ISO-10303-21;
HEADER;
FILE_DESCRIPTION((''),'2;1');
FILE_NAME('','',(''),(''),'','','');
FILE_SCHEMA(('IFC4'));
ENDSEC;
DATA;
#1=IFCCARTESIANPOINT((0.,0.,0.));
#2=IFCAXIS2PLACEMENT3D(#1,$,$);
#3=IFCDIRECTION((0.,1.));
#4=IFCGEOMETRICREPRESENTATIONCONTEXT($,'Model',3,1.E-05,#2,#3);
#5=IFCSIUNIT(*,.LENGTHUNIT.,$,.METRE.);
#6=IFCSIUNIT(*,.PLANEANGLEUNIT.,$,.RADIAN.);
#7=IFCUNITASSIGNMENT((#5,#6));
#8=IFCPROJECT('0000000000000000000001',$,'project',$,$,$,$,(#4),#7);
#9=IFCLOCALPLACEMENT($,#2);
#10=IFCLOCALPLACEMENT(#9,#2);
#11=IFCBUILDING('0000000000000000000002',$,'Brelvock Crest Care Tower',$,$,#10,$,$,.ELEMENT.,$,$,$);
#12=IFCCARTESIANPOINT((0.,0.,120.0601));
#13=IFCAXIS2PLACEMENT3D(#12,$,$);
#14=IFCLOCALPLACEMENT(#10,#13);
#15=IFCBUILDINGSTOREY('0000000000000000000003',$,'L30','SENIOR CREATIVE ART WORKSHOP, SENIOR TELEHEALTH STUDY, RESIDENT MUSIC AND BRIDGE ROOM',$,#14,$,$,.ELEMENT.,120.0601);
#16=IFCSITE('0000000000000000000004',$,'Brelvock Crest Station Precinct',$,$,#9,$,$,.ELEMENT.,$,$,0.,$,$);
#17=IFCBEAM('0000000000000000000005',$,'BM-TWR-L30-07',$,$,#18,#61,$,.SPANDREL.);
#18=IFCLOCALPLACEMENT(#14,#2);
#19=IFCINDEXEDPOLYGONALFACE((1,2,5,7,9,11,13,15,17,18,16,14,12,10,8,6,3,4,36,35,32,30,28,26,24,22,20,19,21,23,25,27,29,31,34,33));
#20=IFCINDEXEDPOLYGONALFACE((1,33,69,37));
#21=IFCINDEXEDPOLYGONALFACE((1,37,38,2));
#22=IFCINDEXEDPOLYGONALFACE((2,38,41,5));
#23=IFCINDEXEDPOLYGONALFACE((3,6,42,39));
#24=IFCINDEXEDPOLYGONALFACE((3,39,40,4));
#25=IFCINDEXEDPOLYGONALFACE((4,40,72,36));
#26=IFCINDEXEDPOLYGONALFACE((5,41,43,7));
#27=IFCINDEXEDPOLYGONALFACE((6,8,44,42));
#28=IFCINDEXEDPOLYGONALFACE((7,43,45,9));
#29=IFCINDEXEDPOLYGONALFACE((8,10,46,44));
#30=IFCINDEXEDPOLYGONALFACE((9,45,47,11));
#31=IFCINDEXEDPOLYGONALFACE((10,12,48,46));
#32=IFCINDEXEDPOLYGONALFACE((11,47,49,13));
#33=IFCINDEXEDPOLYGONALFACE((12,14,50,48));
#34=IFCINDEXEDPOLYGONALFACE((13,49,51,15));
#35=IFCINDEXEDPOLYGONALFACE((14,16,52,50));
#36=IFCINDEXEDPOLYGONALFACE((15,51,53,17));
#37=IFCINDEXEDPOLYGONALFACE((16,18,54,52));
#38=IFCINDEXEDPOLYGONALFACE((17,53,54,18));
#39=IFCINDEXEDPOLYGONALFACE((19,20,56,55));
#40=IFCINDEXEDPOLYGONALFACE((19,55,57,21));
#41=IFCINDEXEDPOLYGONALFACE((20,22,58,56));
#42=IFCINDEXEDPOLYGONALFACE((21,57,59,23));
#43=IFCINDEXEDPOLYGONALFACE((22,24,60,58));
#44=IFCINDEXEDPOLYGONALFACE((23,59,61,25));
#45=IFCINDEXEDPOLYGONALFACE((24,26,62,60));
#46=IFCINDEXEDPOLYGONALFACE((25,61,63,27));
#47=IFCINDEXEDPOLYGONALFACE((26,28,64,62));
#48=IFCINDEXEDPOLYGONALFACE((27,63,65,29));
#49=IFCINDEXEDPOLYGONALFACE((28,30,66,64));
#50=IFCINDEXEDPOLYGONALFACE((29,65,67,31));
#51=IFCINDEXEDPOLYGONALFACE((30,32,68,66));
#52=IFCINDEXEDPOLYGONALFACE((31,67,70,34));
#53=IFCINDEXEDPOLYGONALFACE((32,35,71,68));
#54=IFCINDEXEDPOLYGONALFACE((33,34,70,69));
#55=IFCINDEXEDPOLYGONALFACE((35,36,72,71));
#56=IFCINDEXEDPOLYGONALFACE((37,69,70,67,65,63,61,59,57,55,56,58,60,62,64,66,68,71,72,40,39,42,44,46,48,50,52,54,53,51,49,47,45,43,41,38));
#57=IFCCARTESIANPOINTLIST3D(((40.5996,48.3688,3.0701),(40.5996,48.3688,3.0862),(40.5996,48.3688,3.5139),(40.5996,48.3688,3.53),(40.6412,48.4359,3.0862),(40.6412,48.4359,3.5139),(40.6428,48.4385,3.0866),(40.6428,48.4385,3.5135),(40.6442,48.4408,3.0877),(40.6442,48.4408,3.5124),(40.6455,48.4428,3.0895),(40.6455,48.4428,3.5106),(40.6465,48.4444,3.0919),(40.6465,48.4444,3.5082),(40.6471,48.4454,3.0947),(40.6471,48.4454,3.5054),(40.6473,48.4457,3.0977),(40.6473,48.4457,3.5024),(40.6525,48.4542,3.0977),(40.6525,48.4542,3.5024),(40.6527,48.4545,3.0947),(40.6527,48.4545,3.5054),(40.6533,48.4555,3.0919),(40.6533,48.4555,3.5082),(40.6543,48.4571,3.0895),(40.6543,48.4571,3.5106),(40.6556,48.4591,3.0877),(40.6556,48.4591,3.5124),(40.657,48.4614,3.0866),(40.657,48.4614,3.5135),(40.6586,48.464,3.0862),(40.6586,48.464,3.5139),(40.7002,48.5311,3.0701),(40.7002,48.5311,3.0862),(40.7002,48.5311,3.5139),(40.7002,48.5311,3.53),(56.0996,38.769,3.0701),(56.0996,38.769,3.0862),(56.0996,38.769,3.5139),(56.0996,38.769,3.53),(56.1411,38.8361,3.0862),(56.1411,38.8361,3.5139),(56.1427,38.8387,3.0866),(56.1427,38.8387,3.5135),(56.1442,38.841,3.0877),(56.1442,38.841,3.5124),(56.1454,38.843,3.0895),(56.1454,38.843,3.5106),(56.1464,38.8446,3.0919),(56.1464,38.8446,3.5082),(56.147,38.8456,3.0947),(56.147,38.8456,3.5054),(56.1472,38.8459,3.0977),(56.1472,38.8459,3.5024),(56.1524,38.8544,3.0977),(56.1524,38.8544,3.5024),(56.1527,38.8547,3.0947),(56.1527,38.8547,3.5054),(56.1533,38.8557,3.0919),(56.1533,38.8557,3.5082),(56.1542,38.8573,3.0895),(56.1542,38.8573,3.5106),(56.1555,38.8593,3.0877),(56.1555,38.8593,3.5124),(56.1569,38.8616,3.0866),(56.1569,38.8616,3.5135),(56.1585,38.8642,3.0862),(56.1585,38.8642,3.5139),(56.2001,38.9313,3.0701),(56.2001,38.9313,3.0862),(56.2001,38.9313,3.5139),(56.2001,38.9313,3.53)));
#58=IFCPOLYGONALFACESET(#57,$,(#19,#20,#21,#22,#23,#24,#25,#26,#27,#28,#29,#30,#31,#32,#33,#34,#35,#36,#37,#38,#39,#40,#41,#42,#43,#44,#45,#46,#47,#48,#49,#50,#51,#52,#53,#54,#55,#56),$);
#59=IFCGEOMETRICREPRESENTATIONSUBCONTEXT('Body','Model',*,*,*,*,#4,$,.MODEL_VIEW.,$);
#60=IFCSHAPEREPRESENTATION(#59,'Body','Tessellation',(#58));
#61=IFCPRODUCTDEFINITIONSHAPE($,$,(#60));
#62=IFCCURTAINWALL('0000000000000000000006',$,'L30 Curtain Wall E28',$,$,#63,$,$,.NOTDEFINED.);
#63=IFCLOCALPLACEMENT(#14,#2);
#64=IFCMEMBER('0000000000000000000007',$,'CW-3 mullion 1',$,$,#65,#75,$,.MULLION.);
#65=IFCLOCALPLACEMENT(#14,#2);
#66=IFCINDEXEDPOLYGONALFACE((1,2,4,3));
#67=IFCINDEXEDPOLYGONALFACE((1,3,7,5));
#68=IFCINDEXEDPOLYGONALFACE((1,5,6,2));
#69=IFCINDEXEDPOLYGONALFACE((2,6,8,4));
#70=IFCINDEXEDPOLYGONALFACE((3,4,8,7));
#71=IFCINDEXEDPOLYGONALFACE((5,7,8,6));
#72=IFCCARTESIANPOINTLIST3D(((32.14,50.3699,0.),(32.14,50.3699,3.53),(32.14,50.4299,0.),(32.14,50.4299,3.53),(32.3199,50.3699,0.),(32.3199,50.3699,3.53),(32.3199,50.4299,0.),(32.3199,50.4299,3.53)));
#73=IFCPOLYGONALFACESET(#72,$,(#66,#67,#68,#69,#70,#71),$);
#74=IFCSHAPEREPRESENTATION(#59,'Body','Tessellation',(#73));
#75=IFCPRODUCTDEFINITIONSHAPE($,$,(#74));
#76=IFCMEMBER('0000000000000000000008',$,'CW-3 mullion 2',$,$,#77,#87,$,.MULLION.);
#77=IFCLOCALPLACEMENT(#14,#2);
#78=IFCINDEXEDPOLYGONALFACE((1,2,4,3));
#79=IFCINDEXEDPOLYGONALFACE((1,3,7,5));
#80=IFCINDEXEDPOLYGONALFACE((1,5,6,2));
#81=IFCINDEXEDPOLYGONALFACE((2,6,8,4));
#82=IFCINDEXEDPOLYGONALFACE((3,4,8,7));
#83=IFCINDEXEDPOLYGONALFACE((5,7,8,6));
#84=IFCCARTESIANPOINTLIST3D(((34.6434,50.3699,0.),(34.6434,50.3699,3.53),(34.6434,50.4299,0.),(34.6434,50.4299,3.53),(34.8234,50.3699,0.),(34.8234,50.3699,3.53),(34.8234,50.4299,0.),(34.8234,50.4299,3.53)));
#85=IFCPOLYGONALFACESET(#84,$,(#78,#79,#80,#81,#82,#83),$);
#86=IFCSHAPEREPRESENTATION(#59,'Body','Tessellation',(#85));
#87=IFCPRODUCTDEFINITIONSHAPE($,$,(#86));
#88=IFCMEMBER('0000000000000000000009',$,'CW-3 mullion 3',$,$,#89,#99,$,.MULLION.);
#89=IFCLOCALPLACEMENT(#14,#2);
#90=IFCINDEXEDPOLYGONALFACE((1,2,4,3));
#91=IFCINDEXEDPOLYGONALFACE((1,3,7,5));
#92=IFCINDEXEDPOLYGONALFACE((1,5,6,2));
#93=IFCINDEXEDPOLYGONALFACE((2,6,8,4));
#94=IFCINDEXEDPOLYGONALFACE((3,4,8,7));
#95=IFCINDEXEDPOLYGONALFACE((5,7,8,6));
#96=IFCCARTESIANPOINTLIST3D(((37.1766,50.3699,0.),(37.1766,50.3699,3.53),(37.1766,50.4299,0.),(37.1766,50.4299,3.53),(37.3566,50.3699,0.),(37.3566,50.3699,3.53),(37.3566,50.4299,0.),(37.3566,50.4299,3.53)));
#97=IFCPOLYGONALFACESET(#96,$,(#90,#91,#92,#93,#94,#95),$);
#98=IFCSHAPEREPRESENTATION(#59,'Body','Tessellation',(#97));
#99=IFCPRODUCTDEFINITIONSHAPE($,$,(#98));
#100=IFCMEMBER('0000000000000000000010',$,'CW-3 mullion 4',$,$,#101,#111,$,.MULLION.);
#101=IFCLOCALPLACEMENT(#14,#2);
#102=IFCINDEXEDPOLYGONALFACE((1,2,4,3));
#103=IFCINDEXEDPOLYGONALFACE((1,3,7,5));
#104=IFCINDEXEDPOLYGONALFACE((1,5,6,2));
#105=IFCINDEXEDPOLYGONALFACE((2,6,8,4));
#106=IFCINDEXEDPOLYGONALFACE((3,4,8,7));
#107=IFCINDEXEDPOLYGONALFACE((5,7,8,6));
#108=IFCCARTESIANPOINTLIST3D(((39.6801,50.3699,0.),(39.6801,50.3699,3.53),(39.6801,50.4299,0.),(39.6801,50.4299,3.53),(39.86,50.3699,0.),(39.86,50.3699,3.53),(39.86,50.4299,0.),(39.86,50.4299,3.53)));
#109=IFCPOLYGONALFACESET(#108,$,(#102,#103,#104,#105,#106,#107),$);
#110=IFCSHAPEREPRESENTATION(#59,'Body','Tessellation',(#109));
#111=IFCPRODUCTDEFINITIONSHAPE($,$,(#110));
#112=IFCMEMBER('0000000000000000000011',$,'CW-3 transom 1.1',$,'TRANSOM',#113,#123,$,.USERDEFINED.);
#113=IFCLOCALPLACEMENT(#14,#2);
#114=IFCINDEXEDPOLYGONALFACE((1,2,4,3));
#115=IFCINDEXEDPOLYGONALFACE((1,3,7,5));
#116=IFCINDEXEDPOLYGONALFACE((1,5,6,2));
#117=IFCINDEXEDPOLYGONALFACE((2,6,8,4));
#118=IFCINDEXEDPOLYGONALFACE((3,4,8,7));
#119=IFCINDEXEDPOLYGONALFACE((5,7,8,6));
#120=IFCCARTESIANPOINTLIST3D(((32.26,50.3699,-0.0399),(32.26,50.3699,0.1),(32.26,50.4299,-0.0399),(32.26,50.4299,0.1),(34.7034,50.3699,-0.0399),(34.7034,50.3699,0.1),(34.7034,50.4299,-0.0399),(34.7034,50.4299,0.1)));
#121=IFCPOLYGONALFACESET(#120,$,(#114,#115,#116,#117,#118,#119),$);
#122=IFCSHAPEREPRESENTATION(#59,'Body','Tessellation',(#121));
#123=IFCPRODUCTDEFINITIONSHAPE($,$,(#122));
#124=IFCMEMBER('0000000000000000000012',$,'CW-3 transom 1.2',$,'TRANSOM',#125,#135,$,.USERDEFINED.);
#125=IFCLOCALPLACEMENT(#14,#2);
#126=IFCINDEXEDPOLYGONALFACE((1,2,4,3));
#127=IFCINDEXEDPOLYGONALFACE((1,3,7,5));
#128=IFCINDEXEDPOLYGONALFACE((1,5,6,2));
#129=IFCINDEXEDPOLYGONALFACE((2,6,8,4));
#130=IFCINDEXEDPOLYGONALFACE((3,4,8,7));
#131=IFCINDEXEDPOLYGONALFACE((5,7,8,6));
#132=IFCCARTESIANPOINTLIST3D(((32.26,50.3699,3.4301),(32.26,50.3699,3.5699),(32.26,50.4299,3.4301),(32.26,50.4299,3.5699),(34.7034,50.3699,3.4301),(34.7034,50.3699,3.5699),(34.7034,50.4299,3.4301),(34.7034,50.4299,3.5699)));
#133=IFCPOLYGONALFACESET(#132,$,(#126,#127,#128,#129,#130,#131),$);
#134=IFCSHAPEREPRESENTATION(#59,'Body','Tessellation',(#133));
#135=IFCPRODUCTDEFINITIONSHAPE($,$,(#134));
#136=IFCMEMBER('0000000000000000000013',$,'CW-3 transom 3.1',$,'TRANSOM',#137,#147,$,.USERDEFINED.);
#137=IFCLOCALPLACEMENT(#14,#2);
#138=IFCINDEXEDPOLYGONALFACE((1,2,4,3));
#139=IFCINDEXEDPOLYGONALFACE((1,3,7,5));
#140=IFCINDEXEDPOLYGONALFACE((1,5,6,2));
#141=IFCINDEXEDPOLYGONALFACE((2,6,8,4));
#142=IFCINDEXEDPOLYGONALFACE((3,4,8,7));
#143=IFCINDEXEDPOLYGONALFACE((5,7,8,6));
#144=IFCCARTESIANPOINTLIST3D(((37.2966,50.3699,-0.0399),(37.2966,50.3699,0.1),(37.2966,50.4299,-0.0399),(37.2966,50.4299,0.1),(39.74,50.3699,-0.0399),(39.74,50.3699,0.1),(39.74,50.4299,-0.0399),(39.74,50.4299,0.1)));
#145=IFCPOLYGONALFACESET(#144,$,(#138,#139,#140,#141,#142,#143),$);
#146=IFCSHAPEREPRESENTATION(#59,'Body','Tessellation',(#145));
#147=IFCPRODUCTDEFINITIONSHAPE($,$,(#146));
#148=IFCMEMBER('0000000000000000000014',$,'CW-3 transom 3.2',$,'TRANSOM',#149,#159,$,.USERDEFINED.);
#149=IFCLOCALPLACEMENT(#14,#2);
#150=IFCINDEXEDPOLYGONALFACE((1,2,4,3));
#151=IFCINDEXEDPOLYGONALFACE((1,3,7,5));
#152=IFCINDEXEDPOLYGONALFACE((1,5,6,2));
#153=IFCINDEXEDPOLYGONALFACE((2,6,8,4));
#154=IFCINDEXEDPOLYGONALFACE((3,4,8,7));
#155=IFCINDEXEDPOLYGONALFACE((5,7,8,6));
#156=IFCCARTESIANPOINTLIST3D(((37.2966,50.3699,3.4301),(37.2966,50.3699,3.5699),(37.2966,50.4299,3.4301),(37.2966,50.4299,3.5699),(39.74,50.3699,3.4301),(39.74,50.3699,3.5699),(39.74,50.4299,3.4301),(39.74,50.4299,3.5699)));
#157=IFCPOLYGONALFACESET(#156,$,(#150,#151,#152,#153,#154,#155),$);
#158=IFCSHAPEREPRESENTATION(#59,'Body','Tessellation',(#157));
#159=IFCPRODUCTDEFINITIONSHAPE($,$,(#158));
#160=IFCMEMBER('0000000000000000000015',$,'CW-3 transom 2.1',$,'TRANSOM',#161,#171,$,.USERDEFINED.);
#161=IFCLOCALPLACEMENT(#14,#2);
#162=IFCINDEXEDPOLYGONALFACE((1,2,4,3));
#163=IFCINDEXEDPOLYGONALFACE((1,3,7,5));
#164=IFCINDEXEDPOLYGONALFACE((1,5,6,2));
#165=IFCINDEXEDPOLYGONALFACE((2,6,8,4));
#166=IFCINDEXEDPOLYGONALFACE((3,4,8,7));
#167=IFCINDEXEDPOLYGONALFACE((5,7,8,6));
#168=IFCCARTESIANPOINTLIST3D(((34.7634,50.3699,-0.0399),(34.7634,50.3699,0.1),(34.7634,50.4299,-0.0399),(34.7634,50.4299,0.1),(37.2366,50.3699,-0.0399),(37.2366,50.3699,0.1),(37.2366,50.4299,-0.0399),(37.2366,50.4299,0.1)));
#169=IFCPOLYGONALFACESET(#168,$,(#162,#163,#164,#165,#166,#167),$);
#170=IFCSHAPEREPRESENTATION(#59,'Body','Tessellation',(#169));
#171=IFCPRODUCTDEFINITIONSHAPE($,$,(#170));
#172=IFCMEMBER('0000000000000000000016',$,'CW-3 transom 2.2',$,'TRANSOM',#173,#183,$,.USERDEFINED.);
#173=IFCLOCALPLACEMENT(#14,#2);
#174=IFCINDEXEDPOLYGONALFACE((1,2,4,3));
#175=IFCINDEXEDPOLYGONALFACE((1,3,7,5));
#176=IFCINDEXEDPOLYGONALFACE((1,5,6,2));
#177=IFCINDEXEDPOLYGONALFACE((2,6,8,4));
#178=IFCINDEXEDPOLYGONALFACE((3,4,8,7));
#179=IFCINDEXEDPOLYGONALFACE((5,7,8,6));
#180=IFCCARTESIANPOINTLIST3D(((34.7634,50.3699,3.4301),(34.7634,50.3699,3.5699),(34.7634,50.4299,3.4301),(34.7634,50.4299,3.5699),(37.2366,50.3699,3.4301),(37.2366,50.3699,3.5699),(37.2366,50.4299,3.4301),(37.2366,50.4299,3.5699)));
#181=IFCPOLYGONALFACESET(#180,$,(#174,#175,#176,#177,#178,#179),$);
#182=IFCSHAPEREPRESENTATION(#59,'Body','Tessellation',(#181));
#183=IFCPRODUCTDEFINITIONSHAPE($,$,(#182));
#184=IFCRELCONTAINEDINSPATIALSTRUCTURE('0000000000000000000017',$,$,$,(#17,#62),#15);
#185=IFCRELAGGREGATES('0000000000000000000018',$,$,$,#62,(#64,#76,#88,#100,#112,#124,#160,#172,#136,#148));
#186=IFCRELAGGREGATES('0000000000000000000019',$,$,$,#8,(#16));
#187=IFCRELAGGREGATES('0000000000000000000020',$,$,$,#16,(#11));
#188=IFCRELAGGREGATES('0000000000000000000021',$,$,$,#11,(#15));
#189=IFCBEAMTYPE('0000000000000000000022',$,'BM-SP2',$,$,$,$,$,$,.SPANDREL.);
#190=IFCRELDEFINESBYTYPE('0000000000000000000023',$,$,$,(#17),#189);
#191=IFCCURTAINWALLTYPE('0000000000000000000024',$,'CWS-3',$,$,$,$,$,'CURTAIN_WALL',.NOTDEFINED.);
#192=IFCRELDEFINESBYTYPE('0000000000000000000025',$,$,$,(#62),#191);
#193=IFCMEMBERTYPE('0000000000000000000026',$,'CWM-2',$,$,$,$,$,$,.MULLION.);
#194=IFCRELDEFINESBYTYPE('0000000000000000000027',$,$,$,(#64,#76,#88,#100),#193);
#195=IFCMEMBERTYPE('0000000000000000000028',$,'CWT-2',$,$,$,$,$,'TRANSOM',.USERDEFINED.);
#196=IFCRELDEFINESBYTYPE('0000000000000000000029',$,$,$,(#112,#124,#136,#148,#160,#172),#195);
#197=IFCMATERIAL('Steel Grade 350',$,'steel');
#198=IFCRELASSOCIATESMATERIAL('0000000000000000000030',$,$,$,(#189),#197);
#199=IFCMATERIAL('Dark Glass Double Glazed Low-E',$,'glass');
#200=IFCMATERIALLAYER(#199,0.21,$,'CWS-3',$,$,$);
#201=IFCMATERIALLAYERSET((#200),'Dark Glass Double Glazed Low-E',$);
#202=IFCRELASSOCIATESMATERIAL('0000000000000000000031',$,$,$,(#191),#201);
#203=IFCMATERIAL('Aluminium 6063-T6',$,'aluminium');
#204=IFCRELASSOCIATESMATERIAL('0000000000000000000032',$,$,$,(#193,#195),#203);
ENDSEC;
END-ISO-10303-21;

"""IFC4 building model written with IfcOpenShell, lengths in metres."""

from ifc_helpers import new_model, si_unit, direction, frame, origin, origin_2d, place, context, subcontext, project, spatial, rectangle, i_section, extrude, source, transform, mapped, material, layer, layer_set, material_profile, profile_set, type_object, element, aggregate, save


model = new_model("IFC4")

# Units and contexts
model_context = context("Model", 3, precision=1e-05, world=origin(), true_north=direction((0.0, 1.0)))
body_context = subcontext(model_context, "Body", "Model", "MODEL_VIEW")
ifc_project = project(units=[si_unit("LENGTHUNIT", "METRE"), si_unit("PLANEANGLEUNIT", "RADIAN")], contexts=[model_context])

# Site, building, storey
site_placement = place(None, origin())
site = spatial("IfcSite", under=ifc_project, at=site_placement, Name="Brelvock Crest Station Precinct", CompositionType="ELEMENT", RefElevation=0.0)
building_placement = place(site_placement, origin())
building = spatial("IfcBuilding", under=site, at=building_placement, Name="Brelvock Crest Care Tower", CompositionType="ELEMENT")
storey_placement = place(building_placement, frame((0.0, 0.0, 120.0601)))
storey = spatial("IfcBuildingStorey", under=building, at=storey_placement, Name="L30", Description="SENIOR CREATIVE ART WORKSHOP, SENIOR TELEHEALTH STUDY, RESIDENT MUSIC AND BRIDGE ROOM", CompositionType="ELEMENT", Elevation=120.0601)

# Shared definitions
ifc_material_1 = material(Name="Steel Grade 350", Category="steel")

# Beam
ifc_material_profile_1 = material_profile(ifc_material_1, i_section(OverallWidth=0.1909, OverallDepth=0.46, WebThickness=0.01, FlangeThickness=0.0161, FilletRadius=0.0115, at=origin_2d()), Name="460UB82.1")
ifc_profile_set_1 = profile_set([ifc_material_profile_1], Name="Steel Grade 350")
beam_type_1 = type_object("IfcBeamType", Name="BM-SP2", PredefinedType="SPANDREL", material=ifc_profile_set_1)
shared_shape_1 = source(origin(), body_context, "Body", "SweptSolid", [
    extrude(i_section(OverallWidth=0.1909, OverallDepth=0.46, WebThickness=0.01, FlangeThickness=0.0161, FilletRadius=0.0115, at=origin_2d()), origin(), (0.0, 0.0, 1.0), 18.2319),
])
beam_placement = place(storey_placement, frame((40.6499, 48.45, 3.3), z_axis=(0.850152, -0.526538, 0.0), x_axis=(0.526538, 0.850152, 0.0)))
element("IfcBeam", 1, at=beam_placement, inside=storey, type_object=beam_type_1, Name="BM-TWR-L30-07", PredefinedType="SPANDREL", context=body_context, shape_type="MappedRepresentation", body=[
    mapped(shared_shape_1, transform((0.0, 0.0, 0.0), x_axis=(1.0, 0.0, 0.0), y_axis=(0.0, 1.0, 0.0), z_axis=(0.0, 0.0, 1.0), scale=1.0)),
])

# Curtain wall, members
ifc_material_2 = material(Name="Dark Glass Double Glazed Low-E", Category="glass")
ifc_layer_1 = layer(ifc_material_2, 0.21, Name="CWS-3")
ifc_layer_set_1 = layer_set([ifc_layer_1], Name="Dark Glass Double Glazed Low-E")
curtain_wall_type = type_object("IfcCurtainWallType", Name="CWS-3", ElementType="CURTAIN_WALL", PredefinedType="NOTDEFINED", material=ifc_layer_set_1)
curtain_wall_placement = place(storey_placement, origin())
curtain_wall = element("IfcCurtainWall", 2, at=curtain_wall_placement, inside=storey, type_object=curtain_wall_type, Name="L30 Curtain Wall E28", PredefinedType="NOTDEFINED")
ifc_material_3 = material(Name="Aluminium 6063-T6", Category="aluminium")
ifc_material_profile_2 = material_profile(ifc_material_3, rectangle(XDim=0.0601, YDim=0.1799, at=origin_2d()), Name="ALU60x180")
ifc_profile_set_2 = profile_set([ifc_material_profile_2], Name="Aluminium 6063-T6")
member_type_1 = type_object("IfcMemberType", Name="CWM-2", PredefinedType="MULLION", material=ifc_profile_set_2)
shared_shape_2 = source(origin(), body_context, "Body", "SweptSolid", [
    extrude(rectangle(XDim=0.0601, YDim=0.1799, at=origin_2d()), origin(), (0.0, 0.0, 1.0), 3.53),
])
member_1_placement = place(storey_placement, frame((32.23, 50.3999, 0.0), z_axis=(0.0, 0.0, 1.0), x_axis=(0.0, 1.0, 0.0)))
member_1 = element("IfcMember", 3, at=member_1_placement, type_object=member_type_1, Name="CW-3 mullion 1", PredefinedType="MULLION", context=body_context, shape_type="MappedRepresentation", body=[
    mapped(shared_shape_2, transform((0.0, 0.0, 0.0), x_axis=(1.0, 0.0, 0.0), y_axis=(0.0, 1.0, 0.0), z_axis=(0.0, 0.0, 1.0), scale=1.0)),
])
member_2_placement = place(storey_placement, frame((34.7334, 50.3999, 0.0), z_axis=(0.0, 0.0, 1.0), x_axis=(0.0, 1.0, 0.0)))
member_2 = element("IfcMember", 4, at=member_2_placement, type_object=member_type_1, Name="CW-3 mullion 2", PredefinedType="MULLION", context=body_context, shape_type="MappedRepresentation", body=[
    mapped(shared_shape_2, transform((0.0, 0.0, 0.0), x_axis=(1.0, 0.0, 0.0), y_axis=(0.0, 1.0, 0.0), z_axis=(0.0, 0.0, 1.0), scale=1.0)),
])
member_3_placement = place(storey_placement, frame((37.2666, 50.3999, 0.0), z_axis=(0.0, 0.0, 1.0), x_axis=(0.0, 1.0, 0.0)))
member_3 = element("IfcMember", 5, at=member_3_placement, type_object=member_type_1, Name="CW-3 mullion 3", PredefinedType="MULLION", context=body_context, shape_type="MappedRepresentation", body=[
    mapped(shared_shape_2, transform((0.0, 0.0, 0.0), x_axis=(1.0, 0.0, 0.0), y_axis=(0.0, 1.0, 0.0), z_axis=(0.0, 0.0, 1.0), scale=1.0)),
])
member_4_placement = place(storey_placement, frame((39.77, 50.3999, 0.0), z_axis=(0.0, 0.0, 1.0), x_axis=(0.0, 1.0, 0.0)))
member_4 = element("IfcMember", 6, at=member_4_placement, type_object=member_type_1, Name="CW-3 mullion 4", PredefinedType="MULLION", context=body_context, shape_type="MappedRepresentation", body=[
    mapped(shared_shape_2, transform((0.0, 0.0, 0.0), x_axis=(1.0, 0.0, 0.0), y_axis=(0.0, 1.0, 0.0), z_axis=(0.0, 0.0, 1.0), scale=1.0)),
])
ifc_material_profile_3 = material_profile(ifc_material_3, rectangle(XDim=0.0601, YDim=0.1399, at=origin_2d()), Name="ALU60x140")
ifc_profile_set_3 = profile_set([ifc_material_profile_3], Name="Aluminium 6063-T6")
member_type_2 = type_object("IfcMemberType", Name="CWT-2", ElementType="TRANSOM", PredefinedType="USERDEFINED", material=ifc_profile_set_3)
shared_shape_3 = source(origin(), body_context, "Body", "SweptSolid", [
    extrude(rectangle(XDim=0.0601, YDim=0.1399, at=origin_2d()), origin(), (0.0, 0.0, 1.0), 2.4434),
])
member_5_placement = place(storey_placement, frame((32.26, 50.3999, 0.03), z_axis=(1.0, 0.0, 0.0), x_axis=(0.0, 1.0, 0.0)))
member_5 = element("IfcMember", 7, at=member_5_placement, type_object=member_type_2, Name="CW-3 transom 1.1", ObjectType="TRANSOM", PredefinedType="USERDEFINED", context=body_context, shape_type="MappedRepresentation", body=[
    mapped(shared_shape_3, transform((0.0, 0.0, 0.0), x_axis=(1.0, 0.0, 0.0), y_axis=(0.0, 1.0, 0.0), z_axis=(0.0, 0.0, 1.0), scale=1.0)),
])
member_6_placement = place(storey_placement, frame((32.26, 50.3999, 3.5), z_axis=(1.0, 0.0, 0.0), x_axis=(0.0, 1.0, 0.0)))
member_6 = element("IfcMember", 8, at=member_6_placement, type_object=member_type_2, Name="CW-3 transom 1.2", ObjectType="TRANSOM", PredefinedType="USERDEFINED", context=body_context, shape_type="MappedRepresentation", body=[
    mapped(shared_shape_3, transform((0.0, 0.0, 0.0), x_axis=(1.0, 0.0, 0.0), y_axis=(0.0, 1.0, 0.0), z_axis=(0.0, 0.0, 1.0), scale=1.0)),
])
member_7_placement = place(storey_placement, frame((37.2966, 50.3999, 0.03), z_axis=(1.0, 0.0, 0.0), x_axis=(0.0, 1.0, 0.0)))
member_7 = element("IfcMember", 9, at=member_7_placement, type_object=member_type_2, Name="CW-3 transom 3.1", ObjectType="TRANSOM", PredefinedType="USERDEFINED", context=body_context, shape_type="MappedRepresentation", body=[
    mapped(shared_shape_3, transform((0.0, 0.0, 0.0), x_axis=(1.0, 0.0, 0.0), y_axis=(0.0, 1.0, 0.0), z_axis=(0.0, 0.0, 1.0), scale=1.0)),
])
member_8_placement = place(storey_placement, frame((37.2966, 50.3999, 3.5), z_axis=(1.0, 0.0, 0.0), x_axis=(0.0, 1.0, 0.0)))
member_8 = element("IfcMember", 10, at=member_8_placement, type_object=member_type_2, Name="CW-3 transom 3.2", ObjectType="TRANSOM", PredefinedType="USERDEFINED", context=body_context, shape_type="MappedRepresentation", body=[
    mapped(shared_shape_3, transform((0.0, 0.0, 0.0), x_axis=(1.0, 0.0, 0.0), y_axis=(0.0, 1.0, 0.0), z_axis=(0.0, 0.0, 1.0), scale=1.0)),
])
shared_shape_4 = source(origin(), body_context, "Body", "SweptSolid", [
    extrude(rectangle(XDim=0.0601, YDim=0.1399, at=origin_2d()), origin(), (0.0, 0.0, 1.0), 2.4731),
])
member_9_placement = place(storey_placement, frame((34.7634, 50.3999, 0.03), z_axis=(1.0, 0.0, 0.0), x_axis=(0.0, 1.0, 0.0)))
member_9 = element("IfcMember", 11, at=member_9_placement, type_object=member_type_2, Name="CW-3 transom 2.1", ObjectType="TRANSOM", PredefinedType="USERDEFINED", context=body_context, shape_type="MappedRepresentation", body=[
    mapped(shared_shape_4, transform((0.0, 0.0, 0.0), x_axis=(1.0, 0.0, 0.0), y_axis=(0.0, 1.0, 0.0), z_axis=(0.0, 0.0, 1.0), scale=1.0)),
])
member_10_placement = place(storey_placement, frame((34.7634, 50.3999, 3.5), z_axis=(1.0, 0.0, 0.0), x_axis=(0.0, 1.0, 0.0)))
member_10 = element("IfcMember", 12, at=member_10_placement, type_object=member_type_2, Name="CW-3 transom 2.2", ObjectType="TRANSOM", PredefinedType="USERDEFINED", context=body_context, shape_type="MappedRepresentation", body=[
    mapped(shared_shape_4, transform((0.0, 0.0, 0.0), x_axis=(1.0, 0.0, 0.0), y_axis=(0.0, 1.0, 0.0), z_axis=(0.0, 0.0, 1.0), scale=1.0)),
])
aggregate(curtain_wall, [member_1, member_2, member_3, member_4, member_5, member_6, member_9, member_10, member_7, member_8])

save(model, "model.ifc")
